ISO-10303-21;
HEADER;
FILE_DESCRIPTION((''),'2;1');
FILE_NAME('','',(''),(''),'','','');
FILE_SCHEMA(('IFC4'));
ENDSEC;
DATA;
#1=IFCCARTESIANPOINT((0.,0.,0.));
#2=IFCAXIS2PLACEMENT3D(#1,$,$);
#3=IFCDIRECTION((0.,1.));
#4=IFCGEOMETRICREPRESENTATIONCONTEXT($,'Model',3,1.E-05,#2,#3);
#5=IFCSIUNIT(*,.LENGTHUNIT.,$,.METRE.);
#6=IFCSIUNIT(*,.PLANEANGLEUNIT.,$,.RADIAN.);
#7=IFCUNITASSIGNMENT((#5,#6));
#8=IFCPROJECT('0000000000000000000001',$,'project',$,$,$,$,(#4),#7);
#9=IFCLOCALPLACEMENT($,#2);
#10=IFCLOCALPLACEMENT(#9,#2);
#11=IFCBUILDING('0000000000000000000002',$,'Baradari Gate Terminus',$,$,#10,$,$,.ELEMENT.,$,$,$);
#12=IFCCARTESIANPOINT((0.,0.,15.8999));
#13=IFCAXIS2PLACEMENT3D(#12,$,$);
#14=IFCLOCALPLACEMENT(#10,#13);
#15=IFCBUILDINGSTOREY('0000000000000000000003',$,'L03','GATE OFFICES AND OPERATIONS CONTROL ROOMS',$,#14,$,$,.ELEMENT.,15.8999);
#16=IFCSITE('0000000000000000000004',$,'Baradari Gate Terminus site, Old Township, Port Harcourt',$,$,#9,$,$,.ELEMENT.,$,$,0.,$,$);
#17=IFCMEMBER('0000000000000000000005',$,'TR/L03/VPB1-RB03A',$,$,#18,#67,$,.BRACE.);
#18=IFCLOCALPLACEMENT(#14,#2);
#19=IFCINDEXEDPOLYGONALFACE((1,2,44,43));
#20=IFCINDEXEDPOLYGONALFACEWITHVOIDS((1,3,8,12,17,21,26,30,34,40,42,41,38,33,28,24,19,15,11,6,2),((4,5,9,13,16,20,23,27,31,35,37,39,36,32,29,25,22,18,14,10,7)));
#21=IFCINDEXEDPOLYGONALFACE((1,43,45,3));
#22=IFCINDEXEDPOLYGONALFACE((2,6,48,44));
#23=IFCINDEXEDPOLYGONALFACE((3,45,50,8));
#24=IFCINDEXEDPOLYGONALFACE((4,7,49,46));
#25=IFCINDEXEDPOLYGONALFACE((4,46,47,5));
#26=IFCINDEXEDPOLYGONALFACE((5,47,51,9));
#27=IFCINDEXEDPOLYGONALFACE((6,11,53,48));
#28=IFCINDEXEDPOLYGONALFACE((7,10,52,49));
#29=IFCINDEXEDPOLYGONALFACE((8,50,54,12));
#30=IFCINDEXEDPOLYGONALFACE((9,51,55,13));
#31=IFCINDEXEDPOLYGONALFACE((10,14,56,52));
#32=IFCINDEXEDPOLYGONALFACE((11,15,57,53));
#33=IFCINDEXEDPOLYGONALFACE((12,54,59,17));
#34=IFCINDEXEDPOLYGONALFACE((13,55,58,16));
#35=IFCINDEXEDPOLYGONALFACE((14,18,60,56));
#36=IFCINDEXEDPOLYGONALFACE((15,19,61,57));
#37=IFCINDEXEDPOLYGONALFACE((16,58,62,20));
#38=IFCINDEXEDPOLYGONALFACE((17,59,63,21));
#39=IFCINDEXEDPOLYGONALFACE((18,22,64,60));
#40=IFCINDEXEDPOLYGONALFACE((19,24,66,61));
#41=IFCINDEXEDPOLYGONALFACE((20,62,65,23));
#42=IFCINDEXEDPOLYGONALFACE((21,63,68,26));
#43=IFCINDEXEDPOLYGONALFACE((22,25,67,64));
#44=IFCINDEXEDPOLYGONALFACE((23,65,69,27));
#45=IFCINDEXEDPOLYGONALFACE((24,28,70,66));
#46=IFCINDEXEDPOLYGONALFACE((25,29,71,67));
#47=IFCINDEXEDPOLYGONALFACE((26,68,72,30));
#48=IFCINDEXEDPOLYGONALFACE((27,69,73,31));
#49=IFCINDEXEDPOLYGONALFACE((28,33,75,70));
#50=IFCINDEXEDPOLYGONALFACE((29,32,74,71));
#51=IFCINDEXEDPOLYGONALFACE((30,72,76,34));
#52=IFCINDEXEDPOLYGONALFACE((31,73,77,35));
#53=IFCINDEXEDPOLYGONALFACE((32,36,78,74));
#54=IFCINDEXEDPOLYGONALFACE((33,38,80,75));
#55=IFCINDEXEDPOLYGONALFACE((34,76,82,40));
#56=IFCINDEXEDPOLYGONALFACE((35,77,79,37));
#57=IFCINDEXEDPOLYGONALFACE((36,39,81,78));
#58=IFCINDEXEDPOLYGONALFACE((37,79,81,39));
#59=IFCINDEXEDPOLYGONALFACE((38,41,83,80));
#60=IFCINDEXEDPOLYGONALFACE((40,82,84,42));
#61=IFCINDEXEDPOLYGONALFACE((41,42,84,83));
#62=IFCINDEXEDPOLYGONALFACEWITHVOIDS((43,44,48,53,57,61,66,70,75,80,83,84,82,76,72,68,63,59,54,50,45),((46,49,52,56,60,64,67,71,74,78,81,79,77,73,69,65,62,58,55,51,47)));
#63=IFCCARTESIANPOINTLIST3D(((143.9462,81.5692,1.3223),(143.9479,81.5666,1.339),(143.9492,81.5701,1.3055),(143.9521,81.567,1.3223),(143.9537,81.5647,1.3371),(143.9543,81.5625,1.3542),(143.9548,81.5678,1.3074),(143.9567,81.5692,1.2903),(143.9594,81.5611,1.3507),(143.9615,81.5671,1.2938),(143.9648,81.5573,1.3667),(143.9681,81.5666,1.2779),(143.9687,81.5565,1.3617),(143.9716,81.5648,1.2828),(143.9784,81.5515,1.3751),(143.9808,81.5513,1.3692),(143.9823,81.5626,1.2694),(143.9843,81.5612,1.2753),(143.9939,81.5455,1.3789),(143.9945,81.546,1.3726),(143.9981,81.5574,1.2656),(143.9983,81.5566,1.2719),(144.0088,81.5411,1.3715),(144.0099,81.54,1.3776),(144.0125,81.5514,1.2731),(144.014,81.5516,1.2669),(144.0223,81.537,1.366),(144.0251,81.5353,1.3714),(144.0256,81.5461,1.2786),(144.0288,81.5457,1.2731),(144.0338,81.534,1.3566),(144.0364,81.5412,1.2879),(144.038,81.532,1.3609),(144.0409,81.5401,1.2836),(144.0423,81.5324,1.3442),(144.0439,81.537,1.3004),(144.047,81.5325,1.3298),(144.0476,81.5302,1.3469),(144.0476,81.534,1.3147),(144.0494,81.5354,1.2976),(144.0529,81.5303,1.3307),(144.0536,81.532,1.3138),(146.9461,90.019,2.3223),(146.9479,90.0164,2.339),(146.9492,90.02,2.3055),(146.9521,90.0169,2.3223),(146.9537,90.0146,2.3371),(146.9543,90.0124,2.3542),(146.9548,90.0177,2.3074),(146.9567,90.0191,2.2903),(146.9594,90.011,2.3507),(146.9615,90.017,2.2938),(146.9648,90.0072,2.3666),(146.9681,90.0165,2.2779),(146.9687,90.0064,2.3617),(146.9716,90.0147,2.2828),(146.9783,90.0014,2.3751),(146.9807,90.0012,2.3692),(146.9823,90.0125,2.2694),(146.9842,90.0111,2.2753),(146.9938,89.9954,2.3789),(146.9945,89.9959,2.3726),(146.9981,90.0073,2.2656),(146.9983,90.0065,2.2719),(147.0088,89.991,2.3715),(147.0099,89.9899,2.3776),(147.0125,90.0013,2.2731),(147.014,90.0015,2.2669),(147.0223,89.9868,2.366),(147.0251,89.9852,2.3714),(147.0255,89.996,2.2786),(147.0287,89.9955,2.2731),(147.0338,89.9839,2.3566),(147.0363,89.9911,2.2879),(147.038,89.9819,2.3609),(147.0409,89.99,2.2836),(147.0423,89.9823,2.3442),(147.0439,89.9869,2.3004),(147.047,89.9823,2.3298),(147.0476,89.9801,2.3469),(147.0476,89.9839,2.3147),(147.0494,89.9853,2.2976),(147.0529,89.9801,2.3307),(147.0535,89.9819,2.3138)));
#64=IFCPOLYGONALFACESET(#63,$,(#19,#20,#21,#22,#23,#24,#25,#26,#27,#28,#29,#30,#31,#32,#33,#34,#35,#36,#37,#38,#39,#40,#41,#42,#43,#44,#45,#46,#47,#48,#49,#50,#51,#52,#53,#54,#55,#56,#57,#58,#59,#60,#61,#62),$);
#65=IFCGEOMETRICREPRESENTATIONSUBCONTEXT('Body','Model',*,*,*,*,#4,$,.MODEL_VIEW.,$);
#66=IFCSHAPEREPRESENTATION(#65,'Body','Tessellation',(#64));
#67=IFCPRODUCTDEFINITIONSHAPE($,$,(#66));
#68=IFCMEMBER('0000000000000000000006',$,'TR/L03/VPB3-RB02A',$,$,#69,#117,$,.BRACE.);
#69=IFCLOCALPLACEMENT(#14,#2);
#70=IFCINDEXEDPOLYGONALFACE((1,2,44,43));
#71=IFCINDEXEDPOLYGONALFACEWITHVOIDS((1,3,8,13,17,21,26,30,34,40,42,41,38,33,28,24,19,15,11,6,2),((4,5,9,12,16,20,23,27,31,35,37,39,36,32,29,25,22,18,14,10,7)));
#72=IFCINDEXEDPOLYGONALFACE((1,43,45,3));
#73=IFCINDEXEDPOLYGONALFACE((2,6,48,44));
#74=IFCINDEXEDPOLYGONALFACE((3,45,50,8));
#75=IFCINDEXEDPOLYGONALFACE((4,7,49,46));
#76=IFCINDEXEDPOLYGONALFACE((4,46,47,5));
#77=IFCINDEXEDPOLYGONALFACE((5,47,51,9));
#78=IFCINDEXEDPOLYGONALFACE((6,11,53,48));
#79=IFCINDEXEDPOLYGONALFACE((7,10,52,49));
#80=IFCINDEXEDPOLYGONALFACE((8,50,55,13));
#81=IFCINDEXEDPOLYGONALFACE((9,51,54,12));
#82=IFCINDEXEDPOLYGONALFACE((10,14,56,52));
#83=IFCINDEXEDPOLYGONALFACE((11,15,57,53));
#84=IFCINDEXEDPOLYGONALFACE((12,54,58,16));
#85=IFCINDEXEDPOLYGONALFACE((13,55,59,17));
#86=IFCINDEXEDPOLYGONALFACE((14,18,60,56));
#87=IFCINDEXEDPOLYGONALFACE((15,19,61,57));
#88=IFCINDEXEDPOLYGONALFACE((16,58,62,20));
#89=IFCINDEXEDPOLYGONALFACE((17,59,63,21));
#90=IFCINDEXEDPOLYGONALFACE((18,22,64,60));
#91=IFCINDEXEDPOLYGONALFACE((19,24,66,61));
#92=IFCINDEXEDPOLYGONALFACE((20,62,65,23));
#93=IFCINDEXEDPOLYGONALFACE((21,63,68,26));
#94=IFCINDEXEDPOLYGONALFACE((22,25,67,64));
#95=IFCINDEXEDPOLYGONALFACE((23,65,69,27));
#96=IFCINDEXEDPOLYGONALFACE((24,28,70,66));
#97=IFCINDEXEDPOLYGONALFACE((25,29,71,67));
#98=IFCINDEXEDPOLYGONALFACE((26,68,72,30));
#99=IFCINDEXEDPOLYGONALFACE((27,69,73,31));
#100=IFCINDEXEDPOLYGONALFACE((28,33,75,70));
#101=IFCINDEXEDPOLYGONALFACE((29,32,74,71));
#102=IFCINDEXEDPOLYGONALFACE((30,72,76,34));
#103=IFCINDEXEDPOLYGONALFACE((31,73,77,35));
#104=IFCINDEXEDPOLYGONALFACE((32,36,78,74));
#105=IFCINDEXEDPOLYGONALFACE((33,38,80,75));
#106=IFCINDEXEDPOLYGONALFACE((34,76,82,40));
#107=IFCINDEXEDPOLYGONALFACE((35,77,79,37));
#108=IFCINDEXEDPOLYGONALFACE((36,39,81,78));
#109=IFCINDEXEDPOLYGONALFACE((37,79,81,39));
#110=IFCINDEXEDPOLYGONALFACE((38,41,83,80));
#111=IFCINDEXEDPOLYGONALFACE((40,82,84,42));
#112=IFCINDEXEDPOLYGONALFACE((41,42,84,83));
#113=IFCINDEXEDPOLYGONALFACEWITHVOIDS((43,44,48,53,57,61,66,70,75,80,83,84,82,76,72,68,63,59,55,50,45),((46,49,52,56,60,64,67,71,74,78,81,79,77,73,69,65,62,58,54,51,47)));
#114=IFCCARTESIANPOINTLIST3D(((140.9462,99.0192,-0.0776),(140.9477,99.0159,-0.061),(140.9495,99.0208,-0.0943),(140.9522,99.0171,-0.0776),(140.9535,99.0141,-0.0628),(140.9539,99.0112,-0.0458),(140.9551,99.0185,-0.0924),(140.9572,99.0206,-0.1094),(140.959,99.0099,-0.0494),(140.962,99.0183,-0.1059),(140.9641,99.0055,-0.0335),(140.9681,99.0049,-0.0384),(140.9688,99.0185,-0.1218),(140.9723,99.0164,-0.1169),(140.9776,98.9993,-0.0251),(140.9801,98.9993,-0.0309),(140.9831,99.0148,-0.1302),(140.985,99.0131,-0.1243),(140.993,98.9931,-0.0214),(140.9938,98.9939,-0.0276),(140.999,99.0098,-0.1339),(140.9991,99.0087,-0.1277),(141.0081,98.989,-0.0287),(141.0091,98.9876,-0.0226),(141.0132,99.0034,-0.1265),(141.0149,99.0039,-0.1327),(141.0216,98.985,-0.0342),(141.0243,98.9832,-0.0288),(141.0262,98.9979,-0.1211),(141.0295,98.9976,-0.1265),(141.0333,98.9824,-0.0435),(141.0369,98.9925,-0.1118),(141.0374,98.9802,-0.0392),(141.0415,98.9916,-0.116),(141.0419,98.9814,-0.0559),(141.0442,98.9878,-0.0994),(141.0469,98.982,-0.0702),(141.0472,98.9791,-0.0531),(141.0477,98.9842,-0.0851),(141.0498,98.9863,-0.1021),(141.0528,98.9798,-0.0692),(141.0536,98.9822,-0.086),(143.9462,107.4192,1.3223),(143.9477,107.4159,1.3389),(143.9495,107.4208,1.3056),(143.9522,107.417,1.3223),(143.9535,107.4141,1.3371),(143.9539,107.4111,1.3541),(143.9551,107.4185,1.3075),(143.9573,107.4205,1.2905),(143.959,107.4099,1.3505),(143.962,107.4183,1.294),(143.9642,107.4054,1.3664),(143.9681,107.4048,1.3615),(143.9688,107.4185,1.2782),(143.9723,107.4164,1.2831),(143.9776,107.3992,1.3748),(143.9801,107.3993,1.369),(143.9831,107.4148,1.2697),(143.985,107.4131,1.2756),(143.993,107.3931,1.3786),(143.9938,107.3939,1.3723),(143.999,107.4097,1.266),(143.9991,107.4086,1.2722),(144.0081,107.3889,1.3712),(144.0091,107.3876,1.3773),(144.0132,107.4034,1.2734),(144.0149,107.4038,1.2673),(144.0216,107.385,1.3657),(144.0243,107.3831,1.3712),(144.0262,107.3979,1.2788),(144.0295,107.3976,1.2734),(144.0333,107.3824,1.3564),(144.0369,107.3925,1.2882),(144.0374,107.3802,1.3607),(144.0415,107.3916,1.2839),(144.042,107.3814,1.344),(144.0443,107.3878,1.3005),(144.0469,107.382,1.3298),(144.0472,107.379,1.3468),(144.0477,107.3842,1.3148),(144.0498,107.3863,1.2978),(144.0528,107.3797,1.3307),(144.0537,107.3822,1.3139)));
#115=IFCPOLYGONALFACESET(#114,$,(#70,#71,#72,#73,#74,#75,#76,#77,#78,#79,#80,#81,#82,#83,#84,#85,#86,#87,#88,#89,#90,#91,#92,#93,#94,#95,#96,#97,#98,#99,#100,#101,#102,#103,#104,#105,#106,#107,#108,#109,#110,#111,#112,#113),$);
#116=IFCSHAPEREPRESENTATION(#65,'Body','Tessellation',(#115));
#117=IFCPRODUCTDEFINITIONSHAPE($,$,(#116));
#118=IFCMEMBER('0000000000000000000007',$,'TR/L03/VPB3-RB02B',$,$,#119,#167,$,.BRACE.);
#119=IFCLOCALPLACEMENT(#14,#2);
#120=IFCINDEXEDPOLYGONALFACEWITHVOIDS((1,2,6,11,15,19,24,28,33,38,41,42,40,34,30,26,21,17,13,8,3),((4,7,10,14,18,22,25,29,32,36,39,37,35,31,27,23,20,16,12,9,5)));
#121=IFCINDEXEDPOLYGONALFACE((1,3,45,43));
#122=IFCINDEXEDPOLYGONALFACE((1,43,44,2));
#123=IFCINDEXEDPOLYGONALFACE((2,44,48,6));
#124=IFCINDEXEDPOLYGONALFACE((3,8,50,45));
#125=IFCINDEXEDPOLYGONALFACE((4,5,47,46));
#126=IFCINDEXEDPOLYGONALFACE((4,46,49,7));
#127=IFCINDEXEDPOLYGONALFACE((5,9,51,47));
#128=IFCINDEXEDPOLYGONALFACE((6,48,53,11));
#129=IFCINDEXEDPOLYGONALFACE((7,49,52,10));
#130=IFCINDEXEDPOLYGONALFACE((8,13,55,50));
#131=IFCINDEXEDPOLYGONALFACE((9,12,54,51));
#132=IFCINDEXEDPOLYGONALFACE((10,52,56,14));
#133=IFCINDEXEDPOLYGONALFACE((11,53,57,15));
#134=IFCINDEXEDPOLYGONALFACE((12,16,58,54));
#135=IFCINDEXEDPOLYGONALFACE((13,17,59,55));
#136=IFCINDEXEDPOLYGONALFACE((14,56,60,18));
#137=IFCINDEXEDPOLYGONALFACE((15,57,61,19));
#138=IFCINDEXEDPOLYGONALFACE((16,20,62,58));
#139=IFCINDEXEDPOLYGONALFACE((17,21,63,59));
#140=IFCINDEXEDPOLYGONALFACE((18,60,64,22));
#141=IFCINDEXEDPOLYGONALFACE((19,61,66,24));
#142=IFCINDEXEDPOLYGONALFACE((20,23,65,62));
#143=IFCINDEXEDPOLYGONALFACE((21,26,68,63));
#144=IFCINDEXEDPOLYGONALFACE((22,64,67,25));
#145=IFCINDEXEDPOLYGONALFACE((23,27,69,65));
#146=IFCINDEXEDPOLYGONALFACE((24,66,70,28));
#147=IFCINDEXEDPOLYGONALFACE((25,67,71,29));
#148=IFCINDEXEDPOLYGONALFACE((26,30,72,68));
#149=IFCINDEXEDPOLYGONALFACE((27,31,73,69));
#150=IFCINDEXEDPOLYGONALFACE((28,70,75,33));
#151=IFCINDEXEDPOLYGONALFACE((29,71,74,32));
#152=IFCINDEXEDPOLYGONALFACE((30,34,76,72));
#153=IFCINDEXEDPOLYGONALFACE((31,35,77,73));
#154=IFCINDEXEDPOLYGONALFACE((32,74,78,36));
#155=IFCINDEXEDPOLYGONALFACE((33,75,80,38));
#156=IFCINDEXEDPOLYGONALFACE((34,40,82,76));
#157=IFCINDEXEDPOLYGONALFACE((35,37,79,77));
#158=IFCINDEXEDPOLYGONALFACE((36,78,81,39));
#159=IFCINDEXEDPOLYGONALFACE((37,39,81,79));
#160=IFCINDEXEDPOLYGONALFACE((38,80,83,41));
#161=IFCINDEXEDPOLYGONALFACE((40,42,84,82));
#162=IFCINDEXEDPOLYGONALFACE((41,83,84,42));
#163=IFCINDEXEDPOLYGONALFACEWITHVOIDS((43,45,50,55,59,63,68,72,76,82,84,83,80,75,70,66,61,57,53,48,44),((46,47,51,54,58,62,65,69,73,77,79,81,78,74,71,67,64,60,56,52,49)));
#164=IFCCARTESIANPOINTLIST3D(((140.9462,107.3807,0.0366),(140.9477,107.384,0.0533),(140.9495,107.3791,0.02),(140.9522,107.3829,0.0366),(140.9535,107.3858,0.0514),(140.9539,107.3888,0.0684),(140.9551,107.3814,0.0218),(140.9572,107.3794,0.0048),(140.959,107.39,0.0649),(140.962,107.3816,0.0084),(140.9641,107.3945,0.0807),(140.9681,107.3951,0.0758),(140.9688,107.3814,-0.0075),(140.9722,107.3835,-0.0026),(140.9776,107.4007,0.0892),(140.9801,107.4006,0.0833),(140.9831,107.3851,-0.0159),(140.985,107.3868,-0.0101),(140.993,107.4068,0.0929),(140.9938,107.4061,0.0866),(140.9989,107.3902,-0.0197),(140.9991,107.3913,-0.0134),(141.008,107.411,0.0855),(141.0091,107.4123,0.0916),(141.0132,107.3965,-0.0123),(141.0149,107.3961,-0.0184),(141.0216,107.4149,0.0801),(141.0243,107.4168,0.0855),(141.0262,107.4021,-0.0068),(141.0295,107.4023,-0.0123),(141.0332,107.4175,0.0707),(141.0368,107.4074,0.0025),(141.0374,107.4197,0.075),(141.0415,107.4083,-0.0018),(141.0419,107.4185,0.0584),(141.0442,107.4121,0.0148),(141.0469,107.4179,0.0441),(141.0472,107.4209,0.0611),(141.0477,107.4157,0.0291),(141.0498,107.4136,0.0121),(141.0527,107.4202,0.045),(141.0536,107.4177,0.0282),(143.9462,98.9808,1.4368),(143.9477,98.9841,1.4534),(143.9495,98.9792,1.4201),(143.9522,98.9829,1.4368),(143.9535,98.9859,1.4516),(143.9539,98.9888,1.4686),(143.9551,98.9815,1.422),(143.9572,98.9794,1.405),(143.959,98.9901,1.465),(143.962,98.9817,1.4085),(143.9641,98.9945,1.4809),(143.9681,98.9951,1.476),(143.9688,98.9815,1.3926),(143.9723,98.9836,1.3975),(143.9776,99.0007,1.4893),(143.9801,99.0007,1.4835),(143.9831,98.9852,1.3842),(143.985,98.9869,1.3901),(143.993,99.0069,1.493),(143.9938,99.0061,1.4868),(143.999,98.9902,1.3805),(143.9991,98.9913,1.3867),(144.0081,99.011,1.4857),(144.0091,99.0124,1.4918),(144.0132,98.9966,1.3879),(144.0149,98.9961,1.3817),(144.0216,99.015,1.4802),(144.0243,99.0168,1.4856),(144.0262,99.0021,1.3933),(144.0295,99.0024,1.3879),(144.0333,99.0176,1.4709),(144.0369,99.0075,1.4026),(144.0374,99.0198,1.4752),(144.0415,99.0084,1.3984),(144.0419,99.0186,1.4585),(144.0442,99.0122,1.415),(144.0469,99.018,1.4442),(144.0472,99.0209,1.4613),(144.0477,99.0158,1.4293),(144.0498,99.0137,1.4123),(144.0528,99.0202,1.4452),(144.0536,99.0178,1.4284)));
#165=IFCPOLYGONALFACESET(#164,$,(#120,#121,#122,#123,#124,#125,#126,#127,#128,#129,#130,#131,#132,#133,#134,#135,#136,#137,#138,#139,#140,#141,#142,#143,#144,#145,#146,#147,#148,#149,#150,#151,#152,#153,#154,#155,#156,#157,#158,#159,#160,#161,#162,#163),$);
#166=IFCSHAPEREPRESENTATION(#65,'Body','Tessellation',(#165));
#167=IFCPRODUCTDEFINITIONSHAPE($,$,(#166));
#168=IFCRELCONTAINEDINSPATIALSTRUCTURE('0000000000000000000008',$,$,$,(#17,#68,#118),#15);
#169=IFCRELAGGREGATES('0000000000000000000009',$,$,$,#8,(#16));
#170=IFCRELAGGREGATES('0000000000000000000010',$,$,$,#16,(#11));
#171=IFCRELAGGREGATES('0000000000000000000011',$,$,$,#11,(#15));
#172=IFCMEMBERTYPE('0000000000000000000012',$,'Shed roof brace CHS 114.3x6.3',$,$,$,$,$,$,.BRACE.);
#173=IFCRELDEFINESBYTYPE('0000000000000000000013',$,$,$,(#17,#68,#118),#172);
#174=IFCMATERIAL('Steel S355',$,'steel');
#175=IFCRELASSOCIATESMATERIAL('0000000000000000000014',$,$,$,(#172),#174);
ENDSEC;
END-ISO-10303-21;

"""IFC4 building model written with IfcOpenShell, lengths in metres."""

from ifc_helpers import new_model, si_unit, direction, frame, origin, origin_2d, place, context, subcontext, project, spatial, hollow_circle, extrude, material, material_profile, profile_set, type_object, element, save


model = new_model("IFC4")

# Units and contexts
model_context = context("Model", 3, precision=1e-05, world=origin(), true_north=direction((0.0, 1.0)))
body_context = subcontext(model_context, "Body", "Model", "MODEL_VIEW")
ifc_project = project(units=[si_unit("LENGTHUNIT", "METRE"), si_unit("PLANEANGLEUNIT", "RADIAN")], contexts=[model_context])

# Site, building, storey
site_placement = place(None, origin())
site = spatial("IfcSite", under=ifc_project, at=site_placement, Name="Baradari Gate Terminus site, Old Township, Port Harcourt", CompositionType="ELEMENT", RefElevation=0.0)
building_placement = place(site_placement, origin())
building = spatial("IfcBuilding", under=site, at=building_placement, Name="Baradari Gate Terminus", CompositionType="ELEMENT")
storey_placement = place(building_placement, frame((0.0, 0.0, 15.8999)))
storey = spatial("IfcBuildingStorey", under=building, at=storey_placement, Name="L03", Description="GATE OFFICES AND OPERATIONS CONTROL ROOMS", CompositionType="ELEMENT", Elevation=15.8999)

# Members
ifc_material_1 = material(Name="Steel S355", Category="steel")
ifc_material_profile_1 = material_profile(ifc_material_1, hollow_circle(Radius=0.0571, WallThickness=0.0063, at=origin_2d()), Name="CHS 114.3x6.3")
ifc_profile_set_1 = profile_set([ifc_material_profile_1], Name="Steel S355")
member_type_1 = type_object("IfcMemberType", Name="Shed roof brace CHS 114.3x6.3", PredefinedType="BRACE", material=ifc_profile_set_1)
member_1_placement = place(storey_placement, frame((144.0, 81.55, 1.3223), z_axis=(0.33251, 0.936564, 0.110837), x_axis=(-0.94237, 0.334571, 0.0)))
element("IfcMember", 1, at=member_1_placement, inside=storey, type_object=member_type_1, Name="TR/L03/VPB1-RB03A", PredefinedType="BRACE", context=body_context, shape_type="SweptSolid", body=[
    extrude(hollow_circle(Radius=0.0571, WallThickness=0.0063, at=origin_2d()), origin(), (0.0, 0.0, 1.0), 9.0222),
])
for number, where, z_axis, x_axis, name in (
    (2, (141.0, 99.0, -0.0776), (0.332272, 0.930352, 0.15505), (-0.941741, 0.33634, 0.0), "TR/L03/VPB3-RB02A"),
    (3, (144.0, 99.0, 1.4368), (-0.332271, 0.930348, -0.155076), (-0.941741, -0.33634, 0.0), "TR/L03/VPB3-RB02B"),
):
    element("IfcMember", number, at=place(storey_placement, frame(where, z_axis=z_axis, x_axis=x_axis)), inside=storey, type_object=member_type_1, Name=name, PredefinedType="BRACE", context=body_context, shape_type="SweptSolid", body=[
        extrude(hollow_circle(Radius=0.0571, WallThickness=0.0063, at=origin_2d()), origin(), (0.0, 0.0, 1.0), 9.0288),
    ])

save(model, "model.ifc")
